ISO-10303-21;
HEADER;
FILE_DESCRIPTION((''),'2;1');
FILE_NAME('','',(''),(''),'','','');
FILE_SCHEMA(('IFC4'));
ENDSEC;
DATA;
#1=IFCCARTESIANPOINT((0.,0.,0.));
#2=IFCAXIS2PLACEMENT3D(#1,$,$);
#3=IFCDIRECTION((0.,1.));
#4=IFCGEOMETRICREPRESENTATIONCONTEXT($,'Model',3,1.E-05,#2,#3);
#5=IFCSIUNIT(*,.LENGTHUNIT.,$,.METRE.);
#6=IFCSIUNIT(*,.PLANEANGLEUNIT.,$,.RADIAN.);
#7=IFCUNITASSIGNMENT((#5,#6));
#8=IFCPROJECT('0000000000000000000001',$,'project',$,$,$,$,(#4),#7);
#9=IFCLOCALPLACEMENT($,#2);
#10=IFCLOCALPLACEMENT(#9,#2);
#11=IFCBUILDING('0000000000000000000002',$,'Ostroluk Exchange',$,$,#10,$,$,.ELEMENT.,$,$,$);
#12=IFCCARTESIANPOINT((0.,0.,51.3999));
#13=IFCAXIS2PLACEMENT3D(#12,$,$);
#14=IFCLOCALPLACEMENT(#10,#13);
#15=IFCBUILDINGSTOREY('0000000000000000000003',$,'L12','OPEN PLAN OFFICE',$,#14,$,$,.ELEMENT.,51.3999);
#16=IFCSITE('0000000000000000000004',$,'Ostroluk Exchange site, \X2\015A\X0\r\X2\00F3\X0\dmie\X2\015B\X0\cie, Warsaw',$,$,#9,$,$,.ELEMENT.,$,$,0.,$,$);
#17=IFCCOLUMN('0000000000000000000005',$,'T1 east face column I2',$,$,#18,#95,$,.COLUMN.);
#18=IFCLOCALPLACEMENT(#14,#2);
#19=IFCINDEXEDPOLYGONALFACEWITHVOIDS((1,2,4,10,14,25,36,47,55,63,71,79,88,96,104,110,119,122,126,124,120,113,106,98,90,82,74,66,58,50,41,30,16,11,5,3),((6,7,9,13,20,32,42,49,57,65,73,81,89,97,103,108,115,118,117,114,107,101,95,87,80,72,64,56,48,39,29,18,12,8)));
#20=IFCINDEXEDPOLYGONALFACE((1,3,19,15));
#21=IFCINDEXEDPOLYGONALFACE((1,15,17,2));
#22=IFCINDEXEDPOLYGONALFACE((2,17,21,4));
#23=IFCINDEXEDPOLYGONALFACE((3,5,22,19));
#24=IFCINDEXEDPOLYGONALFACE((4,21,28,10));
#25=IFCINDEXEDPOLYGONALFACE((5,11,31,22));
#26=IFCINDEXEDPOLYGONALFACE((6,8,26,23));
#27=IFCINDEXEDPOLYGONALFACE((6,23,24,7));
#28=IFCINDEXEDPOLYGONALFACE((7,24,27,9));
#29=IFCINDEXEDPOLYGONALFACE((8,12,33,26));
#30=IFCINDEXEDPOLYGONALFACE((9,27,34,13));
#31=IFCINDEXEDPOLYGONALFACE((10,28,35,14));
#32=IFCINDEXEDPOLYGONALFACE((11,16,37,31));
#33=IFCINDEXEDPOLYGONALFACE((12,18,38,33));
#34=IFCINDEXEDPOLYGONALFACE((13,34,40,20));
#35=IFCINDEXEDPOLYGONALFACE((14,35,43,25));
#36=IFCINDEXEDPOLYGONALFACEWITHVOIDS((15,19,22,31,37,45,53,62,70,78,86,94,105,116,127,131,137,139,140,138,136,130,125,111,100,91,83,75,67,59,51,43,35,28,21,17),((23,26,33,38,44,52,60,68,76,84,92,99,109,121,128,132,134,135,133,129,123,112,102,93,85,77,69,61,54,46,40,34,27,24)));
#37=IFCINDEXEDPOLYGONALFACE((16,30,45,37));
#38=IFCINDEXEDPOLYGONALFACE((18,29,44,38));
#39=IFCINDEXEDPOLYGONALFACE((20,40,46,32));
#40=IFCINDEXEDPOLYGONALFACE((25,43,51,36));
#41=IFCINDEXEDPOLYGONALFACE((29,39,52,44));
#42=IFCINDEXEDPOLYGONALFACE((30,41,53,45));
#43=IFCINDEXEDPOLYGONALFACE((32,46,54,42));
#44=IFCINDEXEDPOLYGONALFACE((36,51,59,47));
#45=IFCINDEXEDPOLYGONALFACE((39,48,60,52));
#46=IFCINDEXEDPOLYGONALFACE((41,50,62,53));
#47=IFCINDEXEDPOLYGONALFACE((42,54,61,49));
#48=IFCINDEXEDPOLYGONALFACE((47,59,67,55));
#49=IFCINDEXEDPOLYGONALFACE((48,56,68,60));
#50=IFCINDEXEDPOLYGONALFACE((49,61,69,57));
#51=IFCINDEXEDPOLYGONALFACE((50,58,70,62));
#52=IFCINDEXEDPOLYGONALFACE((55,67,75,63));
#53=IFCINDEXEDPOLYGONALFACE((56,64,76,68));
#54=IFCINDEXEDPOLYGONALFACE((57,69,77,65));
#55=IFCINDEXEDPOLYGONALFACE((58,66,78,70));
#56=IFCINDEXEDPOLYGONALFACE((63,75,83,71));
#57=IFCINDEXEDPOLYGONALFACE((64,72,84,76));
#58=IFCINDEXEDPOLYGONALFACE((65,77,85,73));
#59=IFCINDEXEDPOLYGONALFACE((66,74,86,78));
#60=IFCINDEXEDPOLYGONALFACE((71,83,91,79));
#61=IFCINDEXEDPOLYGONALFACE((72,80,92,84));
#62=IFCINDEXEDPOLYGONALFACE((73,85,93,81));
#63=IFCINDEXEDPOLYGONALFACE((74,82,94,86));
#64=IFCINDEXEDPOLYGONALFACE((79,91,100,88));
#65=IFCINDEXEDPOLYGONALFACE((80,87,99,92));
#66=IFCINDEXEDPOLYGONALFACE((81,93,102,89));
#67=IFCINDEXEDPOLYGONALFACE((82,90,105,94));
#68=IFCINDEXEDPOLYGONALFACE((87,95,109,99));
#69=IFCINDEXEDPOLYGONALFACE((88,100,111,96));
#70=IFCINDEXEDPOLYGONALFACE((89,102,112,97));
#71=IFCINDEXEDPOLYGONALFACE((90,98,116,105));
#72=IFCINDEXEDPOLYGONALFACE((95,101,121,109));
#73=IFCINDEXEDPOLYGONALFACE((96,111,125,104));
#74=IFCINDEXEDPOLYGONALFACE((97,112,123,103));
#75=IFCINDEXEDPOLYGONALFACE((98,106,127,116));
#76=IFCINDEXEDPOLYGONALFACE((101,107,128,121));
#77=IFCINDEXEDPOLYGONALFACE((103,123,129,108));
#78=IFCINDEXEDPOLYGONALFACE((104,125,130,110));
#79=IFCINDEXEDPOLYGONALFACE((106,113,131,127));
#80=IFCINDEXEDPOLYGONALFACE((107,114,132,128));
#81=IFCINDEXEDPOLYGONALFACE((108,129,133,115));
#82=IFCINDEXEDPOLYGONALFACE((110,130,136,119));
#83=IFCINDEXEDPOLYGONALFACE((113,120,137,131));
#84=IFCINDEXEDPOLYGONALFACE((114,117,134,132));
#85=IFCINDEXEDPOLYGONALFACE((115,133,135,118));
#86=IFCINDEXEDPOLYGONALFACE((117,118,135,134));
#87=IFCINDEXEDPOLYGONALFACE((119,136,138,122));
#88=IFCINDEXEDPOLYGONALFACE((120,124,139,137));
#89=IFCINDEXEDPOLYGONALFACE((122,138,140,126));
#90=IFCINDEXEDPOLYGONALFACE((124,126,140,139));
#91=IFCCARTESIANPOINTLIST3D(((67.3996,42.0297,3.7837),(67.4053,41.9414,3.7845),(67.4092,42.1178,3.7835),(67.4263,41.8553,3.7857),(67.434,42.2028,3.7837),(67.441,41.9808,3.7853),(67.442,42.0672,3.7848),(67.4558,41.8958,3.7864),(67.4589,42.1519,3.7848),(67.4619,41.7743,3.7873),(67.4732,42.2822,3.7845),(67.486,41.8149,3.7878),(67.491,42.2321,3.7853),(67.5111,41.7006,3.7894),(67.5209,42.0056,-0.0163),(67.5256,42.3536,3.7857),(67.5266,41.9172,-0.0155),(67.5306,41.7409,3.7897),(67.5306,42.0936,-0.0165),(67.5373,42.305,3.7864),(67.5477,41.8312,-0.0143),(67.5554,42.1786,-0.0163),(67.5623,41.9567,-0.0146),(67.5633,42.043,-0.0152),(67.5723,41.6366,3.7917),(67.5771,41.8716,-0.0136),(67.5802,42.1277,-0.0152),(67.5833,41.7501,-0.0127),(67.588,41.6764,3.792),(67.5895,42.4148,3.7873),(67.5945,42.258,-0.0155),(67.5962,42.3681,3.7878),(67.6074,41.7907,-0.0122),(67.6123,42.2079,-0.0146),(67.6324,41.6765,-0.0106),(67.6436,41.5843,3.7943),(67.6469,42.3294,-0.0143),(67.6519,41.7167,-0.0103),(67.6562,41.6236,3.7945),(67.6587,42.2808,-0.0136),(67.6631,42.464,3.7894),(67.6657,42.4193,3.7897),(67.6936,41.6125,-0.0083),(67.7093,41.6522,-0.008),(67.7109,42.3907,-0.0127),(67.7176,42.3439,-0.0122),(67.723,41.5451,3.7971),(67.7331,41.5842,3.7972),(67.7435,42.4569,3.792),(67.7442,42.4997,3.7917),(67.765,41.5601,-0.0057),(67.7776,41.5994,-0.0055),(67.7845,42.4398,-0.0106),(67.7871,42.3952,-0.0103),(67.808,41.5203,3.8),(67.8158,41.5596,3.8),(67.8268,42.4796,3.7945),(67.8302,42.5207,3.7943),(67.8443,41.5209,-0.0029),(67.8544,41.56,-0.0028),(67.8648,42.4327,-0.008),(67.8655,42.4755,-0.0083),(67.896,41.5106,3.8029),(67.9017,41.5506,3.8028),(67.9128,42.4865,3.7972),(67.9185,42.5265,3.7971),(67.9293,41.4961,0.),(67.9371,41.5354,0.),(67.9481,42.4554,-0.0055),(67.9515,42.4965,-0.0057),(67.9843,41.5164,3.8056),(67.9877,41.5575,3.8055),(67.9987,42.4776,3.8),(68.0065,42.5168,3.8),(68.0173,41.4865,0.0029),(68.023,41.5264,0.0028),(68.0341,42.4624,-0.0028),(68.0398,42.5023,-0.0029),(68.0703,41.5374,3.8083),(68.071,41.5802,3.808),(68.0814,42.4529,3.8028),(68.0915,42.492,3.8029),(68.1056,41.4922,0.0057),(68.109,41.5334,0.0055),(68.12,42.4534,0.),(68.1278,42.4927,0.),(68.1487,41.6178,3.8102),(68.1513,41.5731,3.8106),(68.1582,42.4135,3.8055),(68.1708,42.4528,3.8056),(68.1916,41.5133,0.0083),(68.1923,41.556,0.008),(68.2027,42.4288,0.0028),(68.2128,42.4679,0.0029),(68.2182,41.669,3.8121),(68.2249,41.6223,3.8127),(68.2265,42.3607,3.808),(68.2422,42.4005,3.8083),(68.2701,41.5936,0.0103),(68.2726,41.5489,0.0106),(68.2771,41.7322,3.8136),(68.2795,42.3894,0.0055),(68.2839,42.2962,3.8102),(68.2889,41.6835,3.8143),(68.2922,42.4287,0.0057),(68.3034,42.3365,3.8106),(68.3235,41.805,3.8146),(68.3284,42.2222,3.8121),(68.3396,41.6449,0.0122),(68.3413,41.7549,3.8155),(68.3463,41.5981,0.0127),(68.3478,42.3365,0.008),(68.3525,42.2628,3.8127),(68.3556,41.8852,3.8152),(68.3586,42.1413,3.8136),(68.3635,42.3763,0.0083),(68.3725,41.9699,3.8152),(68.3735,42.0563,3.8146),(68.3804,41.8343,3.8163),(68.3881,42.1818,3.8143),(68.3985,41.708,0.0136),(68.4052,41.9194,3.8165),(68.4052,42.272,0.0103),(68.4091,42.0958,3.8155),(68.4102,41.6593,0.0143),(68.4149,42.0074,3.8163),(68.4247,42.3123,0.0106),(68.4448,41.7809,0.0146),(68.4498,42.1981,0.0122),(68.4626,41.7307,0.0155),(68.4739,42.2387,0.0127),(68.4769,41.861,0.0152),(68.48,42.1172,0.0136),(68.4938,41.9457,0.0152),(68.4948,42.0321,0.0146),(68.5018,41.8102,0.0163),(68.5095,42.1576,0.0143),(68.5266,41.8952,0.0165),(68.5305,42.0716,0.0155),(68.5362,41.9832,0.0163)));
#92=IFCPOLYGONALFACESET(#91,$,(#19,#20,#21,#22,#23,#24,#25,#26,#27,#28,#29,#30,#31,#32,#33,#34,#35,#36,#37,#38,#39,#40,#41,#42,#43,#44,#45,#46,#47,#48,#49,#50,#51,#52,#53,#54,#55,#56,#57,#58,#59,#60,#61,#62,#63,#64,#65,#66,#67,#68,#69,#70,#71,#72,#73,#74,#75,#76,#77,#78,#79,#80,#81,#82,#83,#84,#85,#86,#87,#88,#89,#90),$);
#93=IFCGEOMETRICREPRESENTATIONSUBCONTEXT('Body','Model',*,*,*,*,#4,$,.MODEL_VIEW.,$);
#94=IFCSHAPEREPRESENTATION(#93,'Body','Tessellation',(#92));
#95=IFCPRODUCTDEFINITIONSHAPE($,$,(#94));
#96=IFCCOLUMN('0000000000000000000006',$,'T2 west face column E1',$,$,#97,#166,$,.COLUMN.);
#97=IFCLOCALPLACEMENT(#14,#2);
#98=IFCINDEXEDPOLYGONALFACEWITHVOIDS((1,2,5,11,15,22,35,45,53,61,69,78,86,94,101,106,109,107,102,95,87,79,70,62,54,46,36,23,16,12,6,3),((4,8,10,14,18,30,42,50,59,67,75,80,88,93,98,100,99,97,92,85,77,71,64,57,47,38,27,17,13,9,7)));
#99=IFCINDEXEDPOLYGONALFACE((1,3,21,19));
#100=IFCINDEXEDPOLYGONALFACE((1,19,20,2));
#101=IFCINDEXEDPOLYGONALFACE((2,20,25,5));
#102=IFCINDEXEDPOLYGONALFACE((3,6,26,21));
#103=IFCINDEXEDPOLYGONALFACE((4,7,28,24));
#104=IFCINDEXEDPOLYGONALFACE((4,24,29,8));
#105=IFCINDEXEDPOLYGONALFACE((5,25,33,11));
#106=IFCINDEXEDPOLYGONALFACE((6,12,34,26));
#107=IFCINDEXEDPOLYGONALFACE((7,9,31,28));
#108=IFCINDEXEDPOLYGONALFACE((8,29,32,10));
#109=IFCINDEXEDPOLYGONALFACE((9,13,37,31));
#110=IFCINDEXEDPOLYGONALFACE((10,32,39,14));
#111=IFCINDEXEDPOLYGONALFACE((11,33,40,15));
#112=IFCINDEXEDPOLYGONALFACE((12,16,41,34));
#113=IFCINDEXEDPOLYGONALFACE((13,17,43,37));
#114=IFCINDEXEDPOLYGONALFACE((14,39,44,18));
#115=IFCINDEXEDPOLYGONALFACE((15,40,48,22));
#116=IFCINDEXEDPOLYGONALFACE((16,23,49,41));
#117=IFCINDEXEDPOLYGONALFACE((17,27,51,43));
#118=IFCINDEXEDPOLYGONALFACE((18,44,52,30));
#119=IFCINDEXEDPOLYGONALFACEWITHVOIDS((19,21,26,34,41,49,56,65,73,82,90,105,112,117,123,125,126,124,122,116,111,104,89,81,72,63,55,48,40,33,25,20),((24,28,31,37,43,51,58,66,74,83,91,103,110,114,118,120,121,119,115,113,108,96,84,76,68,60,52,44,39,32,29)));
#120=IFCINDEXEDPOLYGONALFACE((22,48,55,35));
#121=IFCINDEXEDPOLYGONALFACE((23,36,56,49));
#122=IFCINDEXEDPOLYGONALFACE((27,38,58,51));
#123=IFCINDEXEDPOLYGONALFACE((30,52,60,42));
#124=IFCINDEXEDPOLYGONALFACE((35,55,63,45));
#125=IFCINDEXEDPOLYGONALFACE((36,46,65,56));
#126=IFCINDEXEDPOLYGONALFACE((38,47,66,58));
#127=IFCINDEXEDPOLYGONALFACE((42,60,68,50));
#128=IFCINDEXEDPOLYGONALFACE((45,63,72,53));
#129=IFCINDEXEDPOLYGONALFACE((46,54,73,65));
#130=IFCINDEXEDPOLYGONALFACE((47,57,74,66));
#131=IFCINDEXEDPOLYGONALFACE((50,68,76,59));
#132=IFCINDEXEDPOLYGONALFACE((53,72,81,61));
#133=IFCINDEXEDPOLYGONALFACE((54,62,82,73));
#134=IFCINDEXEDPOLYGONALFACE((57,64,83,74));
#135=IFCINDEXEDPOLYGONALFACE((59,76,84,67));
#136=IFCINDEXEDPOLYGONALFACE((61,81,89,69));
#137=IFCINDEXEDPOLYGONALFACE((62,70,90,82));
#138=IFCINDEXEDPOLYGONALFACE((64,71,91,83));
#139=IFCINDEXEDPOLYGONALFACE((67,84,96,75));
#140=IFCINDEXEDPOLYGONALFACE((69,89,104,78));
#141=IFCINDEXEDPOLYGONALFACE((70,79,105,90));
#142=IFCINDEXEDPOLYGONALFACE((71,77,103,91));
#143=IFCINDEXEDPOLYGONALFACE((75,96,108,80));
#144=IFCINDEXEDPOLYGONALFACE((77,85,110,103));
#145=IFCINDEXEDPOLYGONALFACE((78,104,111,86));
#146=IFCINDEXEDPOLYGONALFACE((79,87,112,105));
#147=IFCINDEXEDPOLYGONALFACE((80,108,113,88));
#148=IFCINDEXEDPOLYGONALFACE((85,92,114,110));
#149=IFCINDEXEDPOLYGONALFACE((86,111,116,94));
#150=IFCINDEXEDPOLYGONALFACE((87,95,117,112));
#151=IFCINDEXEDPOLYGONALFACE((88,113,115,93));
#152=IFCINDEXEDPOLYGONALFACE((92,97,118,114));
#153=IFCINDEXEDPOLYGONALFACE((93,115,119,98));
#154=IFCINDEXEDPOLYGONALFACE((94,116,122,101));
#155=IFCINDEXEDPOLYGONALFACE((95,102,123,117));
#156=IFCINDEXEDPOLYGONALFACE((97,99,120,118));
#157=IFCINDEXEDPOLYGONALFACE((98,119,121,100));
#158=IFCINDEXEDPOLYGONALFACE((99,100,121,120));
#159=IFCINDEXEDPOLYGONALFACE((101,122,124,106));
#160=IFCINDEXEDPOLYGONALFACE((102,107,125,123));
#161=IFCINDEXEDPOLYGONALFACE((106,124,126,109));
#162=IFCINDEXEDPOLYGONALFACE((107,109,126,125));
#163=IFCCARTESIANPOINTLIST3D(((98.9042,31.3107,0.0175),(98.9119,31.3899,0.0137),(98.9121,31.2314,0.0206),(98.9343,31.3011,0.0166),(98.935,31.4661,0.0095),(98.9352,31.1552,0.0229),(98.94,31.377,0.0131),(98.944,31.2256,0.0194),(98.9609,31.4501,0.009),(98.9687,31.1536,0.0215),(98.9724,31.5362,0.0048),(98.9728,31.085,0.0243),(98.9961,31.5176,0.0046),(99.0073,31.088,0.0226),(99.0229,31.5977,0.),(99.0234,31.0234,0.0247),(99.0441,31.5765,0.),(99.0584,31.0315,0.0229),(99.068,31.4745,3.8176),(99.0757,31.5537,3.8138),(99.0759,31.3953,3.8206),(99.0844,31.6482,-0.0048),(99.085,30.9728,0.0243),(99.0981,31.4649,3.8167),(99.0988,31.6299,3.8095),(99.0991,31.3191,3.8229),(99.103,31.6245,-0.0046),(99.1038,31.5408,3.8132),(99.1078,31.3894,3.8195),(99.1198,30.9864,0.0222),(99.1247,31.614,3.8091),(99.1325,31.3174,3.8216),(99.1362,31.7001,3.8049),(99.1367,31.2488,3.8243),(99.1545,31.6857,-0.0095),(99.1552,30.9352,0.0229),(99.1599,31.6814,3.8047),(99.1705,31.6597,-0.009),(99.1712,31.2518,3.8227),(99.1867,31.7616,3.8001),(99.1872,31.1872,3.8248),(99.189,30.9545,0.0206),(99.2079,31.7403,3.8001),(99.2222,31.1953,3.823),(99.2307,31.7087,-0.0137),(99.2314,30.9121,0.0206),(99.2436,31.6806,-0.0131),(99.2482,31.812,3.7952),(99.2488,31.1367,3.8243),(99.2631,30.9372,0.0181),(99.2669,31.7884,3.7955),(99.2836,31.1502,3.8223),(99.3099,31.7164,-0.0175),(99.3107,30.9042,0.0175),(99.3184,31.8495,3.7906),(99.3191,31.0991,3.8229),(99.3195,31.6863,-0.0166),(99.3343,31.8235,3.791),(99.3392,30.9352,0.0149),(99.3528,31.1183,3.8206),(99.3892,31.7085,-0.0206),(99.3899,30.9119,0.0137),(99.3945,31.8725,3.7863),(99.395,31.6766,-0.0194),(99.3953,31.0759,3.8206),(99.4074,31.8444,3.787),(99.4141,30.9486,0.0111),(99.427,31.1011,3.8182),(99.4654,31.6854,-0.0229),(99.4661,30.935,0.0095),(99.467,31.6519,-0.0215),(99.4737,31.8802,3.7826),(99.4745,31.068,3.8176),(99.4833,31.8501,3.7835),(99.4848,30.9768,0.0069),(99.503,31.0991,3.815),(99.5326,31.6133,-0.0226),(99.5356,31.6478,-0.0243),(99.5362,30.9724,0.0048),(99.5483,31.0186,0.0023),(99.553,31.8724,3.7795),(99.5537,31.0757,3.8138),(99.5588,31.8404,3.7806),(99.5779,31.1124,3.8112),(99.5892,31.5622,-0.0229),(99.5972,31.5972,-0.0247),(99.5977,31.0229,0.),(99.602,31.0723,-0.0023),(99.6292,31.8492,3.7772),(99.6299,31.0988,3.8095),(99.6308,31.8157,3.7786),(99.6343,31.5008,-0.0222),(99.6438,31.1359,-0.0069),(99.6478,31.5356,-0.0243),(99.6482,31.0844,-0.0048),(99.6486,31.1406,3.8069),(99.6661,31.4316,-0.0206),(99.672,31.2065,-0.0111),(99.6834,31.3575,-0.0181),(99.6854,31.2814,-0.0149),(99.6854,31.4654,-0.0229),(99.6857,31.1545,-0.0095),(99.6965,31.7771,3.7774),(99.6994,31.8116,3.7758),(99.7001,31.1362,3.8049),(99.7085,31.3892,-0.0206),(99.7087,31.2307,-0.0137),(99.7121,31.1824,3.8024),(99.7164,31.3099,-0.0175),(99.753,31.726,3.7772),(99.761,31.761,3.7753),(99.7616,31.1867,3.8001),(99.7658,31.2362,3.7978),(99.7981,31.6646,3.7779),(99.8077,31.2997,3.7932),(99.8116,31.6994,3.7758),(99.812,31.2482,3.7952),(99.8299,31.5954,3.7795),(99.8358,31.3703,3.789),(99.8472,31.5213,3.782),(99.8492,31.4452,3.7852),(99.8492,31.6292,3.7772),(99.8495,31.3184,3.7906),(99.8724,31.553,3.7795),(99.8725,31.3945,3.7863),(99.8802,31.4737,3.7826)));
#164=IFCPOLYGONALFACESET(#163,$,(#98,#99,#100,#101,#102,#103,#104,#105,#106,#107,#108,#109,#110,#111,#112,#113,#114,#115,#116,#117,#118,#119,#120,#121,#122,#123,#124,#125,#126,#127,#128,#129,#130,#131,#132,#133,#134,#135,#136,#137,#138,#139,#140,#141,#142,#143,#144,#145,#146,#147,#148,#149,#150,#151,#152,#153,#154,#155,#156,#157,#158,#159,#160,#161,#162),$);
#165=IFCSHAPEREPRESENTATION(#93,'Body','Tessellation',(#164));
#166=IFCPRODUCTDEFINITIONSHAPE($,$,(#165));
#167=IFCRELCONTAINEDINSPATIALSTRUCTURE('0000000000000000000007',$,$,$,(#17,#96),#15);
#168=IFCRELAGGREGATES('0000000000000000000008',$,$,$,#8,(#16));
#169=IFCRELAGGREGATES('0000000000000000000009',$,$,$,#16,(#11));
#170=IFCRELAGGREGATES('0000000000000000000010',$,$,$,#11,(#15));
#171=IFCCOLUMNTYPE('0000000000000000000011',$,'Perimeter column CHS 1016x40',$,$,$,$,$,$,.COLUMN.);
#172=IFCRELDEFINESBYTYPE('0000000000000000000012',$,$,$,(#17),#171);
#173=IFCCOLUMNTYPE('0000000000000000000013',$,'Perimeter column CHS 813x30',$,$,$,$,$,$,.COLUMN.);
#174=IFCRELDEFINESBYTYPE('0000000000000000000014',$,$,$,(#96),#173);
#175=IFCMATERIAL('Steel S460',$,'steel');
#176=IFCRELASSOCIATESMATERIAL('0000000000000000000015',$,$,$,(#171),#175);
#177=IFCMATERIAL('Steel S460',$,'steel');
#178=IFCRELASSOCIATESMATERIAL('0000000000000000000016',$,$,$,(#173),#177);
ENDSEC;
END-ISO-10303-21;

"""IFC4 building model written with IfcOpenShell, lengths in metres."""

from ifc_helpers import new_model, si_unit, direction, frame, origin, origin_2d, place, context, subcontext, project, spatial, hollow_circle, extrude, material, material_profile, profile_set, type_object, element, save


model = new_model("IFC4")

# Units and contexts
model_context = context("Model", 3, precision=1e-05, world=origin(), true_north=direction((0.0, 1.0)))
body_context = subcontext(model_context, "Body", "Model", "MODEL_VIEW")
ifc_project = project(units=[si_unit("LENGTHUNIT", "METRE"), si_unit("PLANEANGLEUNIT", "RADIAN")], contexts=[model_context])

# Site, building, storey
site_placement = place(None, origin())
site = spatial("IfcSite", under=ifc_project, at=site_placement, Name="Ostroluk Exchange site, Śródmieście, Warsaw", CompositionType="ELEMENT", RefElevation=0.0)
building_placement = place(site_placement, origin())
building = spatial("IfcBuilding", under=site, at=building_placement, Name="Ostroluk Exchange", CompositionType="ELEMENT")
storey_placement = place(building_placement, frame((0.0, 0.0, 51.3999)))
storey = spatial("IfcBuildingStorey", under=building, at=storey_placement, Name="L12", Description="OPEN PLAN OFFICE", CompositionType="ELEMENT", Elevation=51.3999)

# Columns
ifc_material_1 = material(Name="Steel S460", Category="steel")
ifc_material_profile_1 = material_profile(ifc_material_1, hollow_circle(Radius=0.5081, WallThickness=0.04, at=origin_2d()), Name="CHS 1016x40")
ifc_profile_set_1 = profile_set([ifc_material_profile_1], Name="Steel S460")
column_type_1 = type_object("IfcColumnType", Name="Perimeter column CHS 1016x40", PredefinedType="COLUMN", material=ifc_profile_set_1)
column_1_placement = place(storey_placement, frame((68.0286, 41.9944, 0.0), z_axis=(-0.031914, 0.006357, 0.99947), x_axis=(-0.195357, -0.980732, 0.0)))
element("IfcColumn", 1, at=column_1_placement, inside=storey, type_object=column_type_1, Name="T1 east face column I2", PredefinedType="COLUMN", context=body_context, shape_type="SweptSolid", body=[
    extrude(hollow_circle(Radius=0.5081, WallThickness=0.04, at=origin_2d()), origin(), (0.0, 0.0, 1.0), 3.802),
])
ifc_material_2 = material(Name="Steel S460", Category="steel")
ifc_material_profile_2 = material_profile(ifc_material_2, hollow_circle(Radius=0.4065, WallThickness=0.03, at=origin_2d()), Name="CHS 813x30")
ifc_profile_set_2 = profile_set([ifc_material_profile_2], Name="Steel S460")
column_type_2 = type_object("IfcColumnType", Name="Perimeter column CHS 813x30", PredefinedType="COLUMN", material=ifc_profile_set_2)
column_2_placement = place(storey_placement, frame((99.3103, 31.3103, 0.0), z_axis=(0.04303, 0.04303, 0.998147), x_axis=(-0.707107, 0.707107, 0.0)))
element("IfcColumn", 2, at=column_2_placement, inside=storey, type_object=column_type_2, Name="T2 west face column E1", PredefinedType="COLUMN", context=body_context, shape_type="SweptSolid", body=[
    extrude(hollow_circle(Radius=0.4065, WallThickness=0.03, at=origin_2d()), origin(), (0.0, 0.0, 1.0), 3.8071),
])

save(model, "model.ifc")
